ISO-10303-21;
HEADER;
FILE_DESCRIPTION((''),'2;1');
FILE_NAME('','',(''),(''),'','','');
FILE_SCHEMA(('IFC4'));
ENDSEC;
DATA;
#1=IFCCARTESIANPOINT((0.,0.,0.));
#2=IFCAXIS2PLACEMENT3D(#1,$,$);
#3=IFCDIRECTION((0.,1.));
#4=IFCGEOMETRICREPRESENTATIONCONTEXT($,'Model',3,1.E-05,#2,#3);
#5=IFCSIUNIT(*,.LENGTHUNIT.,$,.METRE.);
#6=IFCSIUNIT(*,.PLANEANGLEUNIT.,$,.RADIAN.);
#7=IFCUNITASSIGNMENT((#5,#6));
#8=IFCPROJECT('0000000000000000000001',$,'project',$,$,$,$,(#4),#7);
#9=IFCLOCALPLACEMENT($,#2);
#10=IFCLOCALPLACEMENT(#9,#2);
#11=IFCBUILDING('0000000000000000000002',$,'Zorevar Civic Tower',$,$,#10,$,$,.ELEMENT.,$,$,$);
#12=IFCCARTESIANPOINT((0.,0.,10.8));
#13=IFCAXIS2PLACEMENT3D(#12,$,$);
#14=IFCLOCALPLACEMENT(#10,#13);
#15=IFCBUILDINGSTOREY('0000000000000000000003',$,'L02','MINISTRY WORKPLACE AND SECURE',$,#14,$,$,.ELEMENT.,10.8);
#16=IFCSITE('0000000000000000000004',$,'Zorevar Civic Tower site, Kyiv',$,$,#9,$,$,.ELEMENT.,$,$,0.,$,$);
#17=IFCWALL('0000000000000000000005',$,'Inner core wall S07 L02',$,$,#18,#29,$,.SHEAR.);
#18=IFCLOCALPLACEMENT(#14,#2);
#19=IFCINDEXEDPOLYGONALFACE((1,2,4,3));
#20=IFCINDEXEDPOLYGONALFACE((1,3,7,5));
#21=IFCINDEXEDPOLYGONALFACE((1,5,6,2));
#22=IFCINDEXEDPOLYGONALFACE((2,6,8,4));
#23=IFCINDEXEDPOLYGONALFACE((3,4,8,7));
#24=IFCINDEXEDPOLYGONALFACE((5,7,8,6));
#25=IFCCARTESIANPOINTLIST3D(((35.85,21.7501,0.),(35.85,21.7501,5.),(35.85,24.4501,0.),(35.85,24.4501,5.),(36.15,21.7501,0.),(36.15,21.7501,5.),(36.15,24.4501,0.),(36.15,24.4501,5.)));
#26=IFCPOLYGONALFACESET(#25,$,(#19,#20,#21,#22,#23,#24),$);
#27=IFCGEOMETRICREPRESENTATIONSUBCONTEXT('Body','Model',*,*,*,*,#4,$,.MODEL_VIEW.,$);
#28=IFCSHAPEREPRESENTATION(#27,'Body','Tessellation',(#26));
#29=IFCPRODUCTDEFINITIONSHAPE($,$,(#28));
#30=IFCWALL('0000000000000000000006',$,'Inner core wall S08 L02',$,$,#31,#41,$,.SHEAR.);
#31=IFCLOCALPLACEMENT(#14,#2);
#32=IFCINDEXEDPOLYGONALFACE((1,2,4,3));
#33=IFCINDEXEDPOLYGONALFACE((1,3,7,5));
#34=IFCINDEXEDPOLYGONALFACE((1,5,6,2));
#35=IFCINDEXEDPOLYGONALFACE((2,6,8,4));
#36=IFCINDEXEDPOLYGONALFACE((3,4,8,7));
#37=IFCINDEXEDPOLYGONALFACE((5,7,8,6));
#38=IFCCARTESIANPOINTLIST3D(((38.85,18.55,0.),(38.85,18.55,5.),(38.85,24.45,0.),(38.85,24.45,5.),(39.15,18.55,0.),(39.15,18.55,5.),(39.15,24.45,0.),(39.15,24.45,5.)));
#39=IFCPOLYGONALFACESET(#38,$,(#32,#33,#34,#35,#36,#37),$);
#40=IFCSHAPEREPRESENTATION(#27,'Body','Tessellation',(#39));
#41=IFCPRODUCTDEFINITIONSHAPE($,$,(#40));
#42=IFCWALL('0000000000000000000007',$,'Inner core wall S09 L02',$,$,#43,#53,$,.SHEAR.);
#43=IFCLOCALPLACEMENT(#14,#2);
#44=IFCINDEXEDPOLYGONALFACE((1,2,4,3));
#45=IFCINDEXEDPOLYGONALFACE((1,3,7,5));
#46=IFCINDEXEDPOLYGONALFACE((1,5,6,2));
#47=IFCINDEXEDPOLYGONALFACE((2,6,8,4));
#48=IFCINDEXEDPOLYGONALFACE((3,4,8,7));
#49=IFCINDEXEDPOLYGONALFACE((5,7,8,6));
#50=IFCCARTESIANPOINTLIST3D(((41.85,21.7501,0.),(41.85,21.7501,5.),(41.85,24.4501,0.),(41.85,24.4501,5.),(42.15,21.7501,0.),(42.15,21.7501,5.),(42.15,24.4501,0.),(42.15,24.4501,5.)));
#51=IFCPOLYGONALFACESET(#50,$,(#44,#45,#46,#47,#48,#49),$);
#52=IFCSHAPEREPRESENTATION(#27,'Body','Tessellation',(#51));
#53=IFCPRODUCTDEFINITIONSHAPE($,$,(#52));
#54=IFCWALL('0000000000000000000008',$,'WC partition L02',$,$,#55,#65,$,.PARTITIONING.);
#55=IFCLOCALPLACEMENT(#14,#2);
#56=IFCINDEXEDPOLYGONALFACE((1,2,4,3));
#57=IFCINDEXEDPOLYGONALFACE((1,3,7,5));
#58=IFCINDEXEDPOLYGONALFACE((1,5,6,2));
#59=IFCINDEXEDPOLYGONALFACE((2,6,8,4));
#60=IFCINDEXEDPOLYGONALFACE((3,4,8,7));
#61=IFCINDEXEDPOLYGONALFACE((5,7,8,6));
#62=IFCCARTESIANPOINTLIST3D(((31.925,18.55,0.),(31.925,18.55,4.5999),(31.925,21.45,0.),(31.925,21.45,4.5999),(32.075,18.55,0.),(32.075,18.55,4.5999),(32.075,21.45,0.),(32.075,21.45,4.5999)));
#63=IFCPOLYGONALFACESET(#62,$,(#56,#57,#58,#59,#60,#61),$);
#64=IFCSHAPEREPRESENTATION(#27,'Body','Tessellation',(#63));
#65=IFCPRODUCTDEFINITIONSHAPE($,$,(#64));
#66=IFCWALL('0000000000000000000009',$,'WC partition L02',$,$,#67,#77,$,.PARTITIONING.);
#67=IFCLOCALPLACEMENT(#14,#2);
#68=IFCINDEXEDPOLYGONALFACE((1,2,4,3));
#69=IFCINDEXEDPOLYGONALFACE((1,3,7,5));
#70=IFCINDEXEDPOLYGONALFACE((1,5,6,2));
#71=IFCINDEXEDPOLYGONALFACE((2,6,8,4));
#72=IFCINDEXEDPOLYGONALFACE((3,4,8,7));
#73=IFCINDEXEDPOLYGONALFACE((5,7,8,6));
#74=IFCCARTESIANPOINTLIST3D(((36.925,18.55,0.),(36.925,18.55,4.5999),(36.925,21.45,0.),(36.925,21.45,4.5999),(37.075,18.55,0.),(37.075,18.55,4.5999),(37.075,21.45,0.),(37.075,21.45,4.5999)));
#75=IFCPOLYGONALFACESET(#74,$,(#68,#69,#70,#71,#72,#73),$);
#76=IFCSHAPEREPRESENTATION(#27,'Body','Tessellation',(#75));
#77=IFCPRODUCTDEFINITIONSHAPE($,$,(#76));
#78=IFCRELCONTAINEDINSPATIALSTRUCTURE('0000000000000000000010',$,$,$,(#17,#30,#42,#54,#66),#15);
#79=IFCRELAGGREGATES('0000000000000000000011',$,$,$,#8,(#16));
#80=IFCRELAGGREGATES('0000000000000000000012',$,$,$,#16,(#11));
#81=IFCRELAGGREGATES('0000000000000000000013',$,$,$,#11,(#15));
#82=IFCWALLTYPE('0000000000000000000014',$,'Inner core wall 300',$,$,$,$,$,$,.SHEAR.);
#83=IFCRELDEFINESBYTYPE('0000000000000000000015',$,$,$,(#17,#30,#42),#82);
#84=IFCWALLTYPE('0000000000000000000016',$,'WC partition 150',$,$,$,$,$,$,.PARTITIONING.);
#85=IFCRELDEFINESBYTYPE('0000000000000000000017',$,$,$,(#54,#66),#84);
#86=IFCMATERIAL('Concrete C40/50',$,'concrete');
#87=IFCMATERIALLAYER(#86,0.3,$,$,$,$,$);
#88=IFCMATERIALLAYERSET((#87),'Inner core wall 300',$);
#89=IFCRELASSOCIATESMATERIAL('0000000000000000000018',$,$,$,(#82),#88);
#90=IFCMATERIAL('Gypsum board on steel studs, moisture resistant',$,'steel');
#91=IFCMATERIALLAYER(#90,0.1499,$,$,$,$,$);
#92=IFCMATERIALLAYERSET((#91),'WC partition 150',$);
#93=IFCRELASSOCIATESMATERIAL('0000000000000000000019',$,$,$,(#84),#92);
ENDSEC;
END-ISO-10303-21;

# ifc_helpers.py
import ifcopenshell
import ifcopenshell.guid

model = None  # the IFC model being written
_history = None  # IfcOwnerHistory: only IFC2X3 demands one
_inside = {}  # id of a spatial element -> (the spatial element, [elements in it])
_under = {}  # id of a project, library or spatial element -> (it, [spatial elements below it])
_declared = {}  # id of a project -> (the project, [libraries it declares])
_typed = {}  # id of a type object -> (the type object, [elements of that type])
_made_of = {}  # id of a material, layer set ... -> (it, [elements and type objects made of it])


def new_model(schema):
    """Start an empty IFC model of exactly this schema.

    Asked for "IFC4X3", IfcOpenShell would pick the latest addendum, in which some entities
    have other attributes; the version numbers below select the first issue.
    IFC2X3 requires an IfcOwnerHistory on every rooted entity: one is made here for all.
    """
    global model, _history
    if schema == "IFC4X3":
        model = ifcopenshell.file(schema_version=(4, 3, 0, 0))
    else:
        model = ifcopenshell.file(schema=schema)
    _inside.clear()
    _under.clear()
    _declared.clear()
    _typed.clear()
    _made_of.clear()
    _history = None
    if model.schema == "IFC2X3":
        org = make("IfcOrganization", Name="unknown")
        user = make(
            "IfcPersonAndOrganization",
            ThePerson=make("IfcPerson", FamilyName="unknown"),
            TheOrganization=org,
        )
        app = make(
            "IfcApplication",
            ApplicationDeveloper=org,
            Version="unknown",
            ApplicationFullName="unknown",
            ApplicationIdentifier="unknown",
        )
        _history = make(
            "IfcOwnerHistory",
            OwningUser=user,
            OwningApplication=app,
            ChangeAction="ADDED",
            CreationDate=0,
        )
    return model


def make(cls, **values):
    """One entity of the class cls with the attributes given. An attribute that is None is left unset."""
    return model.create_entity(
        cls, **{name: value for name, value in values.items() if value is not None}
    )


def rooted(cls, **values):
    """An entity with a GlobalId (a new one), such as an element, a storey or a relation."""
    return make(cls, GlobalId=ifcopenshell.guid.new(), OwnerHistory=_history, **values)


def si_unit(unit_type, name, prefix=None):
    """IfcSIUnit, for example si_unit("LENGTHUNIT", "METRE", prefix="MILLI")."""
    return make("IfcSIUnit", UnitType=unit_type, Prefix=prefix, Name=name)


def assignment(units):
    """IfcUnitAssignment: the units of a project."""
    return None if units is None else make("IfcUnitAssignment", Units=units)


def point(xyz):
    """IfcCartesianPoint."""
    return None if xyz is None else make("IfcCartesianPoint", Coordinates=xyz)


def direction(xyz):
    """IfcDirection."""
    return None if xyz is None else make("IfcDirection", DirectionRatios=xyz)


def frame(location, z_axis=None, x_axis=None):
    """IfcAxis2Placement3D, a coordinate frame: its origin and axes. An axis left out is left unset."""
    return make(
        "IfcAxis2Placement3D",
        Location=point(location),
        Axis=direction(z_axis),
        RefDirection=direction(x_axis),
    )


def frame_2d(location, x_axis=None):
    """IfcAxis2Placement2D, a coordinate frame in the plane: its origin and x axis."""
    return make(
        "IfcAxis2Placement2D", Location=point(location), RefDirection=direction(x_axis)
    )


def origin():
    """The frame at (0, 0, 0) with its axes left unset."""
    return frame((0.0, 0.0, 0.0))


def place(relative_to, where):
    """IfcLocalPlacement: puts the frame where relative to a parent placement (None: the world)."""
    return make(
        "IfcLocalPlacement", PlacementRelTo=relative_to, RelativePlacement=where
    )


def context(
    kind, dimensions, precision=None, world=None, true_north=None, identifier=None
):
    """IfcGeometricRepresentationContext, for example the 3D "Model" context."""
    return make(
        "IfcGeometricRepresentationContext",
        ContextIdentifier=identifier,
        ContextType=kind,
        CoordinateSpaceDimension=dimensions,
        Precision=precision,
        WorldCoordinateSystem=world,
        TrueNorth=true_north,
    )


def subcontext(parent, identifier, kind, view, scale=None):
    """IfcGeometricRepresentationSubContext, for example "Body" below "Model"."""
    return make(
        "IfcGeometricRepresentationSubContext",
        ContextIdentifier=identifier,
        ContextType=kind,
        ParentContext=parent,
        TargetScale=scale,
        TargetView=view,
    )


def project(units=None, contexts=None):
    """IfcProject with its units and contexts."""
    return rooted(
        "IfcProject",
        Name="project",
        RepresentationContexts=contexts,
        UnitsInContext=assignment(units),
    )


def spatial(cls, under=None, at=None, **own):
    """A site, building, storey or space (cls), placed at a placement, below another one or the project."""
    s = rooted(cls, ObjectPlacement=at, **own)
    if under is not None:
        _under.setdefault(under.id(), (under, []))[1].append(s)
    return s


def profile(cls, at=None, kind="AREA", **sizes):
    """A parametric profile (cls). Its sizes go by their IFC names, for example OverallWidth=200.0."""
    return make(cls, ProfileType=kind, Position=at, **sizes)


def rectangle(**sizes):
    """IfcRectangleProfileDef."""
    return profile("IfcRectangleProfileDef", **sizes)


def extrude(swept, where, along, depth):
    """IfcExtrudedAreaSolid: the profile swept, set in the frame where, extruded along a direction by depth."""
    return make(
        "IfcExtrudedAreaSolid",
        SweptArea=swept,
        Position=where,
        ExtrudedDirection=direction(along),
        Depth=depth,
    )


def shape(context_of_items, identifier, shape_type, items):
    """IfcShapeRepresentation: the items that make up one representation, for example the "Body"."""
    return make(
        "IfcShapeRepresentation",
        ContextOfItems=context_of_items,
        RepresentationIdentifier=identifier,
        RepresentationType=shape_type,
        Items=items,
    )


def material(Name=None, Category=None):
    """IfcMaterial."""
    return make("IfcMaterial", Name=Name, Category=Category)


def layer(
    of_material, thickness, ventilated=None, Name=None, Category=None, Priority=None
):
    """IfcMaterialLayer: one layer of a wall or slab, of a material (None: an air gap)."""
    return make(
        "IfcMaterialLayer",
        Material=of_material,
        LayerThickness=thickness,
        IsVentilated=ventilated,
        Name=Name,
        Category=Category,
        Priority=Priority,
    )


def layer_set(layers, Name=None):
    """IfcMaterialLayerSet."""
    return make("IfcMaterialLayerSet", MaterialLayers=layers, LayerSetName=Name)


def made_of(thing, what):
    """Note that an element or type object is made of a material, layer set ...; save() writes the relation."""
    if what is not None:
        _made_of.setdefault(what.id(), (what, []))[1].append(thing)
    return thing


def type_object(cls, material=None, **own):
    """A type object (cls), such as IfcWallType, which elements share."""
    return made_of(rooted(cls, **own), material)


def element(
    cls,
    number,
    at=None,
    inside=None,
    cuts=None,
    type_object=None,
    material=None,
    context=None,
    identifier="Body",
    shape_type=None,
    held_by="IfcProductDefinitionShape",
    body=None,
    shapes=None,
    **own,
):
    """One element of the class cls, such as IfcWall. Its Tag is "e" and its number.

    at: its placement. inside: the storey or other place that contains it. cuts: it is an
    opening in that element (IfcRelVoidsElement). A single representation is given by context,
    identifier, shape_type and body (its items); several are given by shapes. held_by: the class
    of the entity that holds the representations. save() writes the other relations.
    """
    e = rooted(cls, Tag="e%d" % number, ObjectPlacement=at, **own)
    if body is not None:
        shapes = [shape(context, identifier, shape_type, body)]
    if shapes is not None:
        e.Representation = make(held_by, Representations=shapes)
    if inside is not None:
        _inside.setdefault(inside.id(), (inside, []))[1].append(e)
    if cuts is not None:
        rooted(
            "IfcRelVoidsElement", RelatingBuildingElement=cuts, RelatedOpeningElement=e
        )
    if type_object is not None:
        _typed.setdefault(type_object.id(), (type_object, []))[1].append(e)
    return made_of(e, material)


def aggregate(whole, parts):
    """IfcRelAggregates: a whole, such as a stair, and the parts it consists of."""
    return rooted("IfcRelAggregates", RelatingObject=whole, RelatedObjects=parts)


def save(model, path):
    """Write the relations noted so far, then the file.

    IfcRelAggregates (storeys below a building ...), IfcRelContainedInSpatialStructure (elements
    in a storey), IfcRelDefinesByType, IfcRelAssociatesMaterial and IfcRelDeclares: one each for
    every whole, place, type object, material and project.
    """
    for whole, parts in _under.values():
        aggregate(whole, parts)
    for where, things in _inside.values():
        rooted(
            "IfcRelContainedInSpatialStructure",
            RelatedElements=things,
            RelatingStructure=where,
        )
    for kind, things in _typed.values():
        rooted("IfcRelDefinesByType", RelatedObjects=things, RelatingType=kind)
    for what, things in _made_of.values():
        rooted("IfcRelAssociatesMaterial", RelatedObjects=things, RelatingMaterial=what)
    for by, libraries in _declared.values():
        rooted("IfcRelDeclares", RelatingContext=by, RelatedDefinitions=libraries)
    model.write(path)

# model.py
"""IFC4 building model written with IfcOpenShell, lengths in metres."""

from ifc_helpers import new_model, si_unit, direction, frame, frame_2d, origin, place, context, subcontext, project, spatial, rectangle, extrude, material, layer, layer_set, type_object, element, save


model = new_model("IFC4")

# Units and contexts
model_context = context("Model", 3, precision=1e-05, world=origin(), true_north=direction((0.0, 1.0)))
body_context = subcontext(model_context, "Body", "Model", "MODEL_VIEW")
ifc_project = project(units=[si_unit("LENGTHUNIT", "METRE"), si_unit("PLANEANGLEUNIT", "RADIAN")], contexts=[model_context])

# Site, building, storey
site_placement = place(None, origin())
site = spatial("IfcSite", under=ifc_project, at=site_placement, Name="Zorevar Civic Tower site, Kyiv", CompositionType="ELEMENT", RefElevation=0.0)
building_placement = place(site_placement, origin())
building = spatial("IfcBuilding", under=site, at=building_placement, Name="Zorevar Civic Tower", CompositionType="ELEMENT")
storey_placement = place(building_placement, frame((0.0, 0.0, 10.8)))
storey = spatial("IfcBuildingStorey", under=building, at=storey_placement, Name="L02", Description="MINISTRY WORKPLACE AND SECURE", CompositionType="ELEMENT", Elevation=10.8)

# Walls
ifc_material_1 = material(Name="Concrete C40/50", Category="concrete")
ifc_layer_1 = layer(ifc_material_1, 0.3)
ifc_layer_set_1 = layer_set([ifc_layer_1], Name="Inner core wall 300")
wall_type_1 = type_object("IfcWallType", Name="Inner core wall 300", PredefinedType="SHEAR", material=ifc_layer_set_1)
for number, where, z_axis, x_axis, name in (
    (1, (36.0, 21.75, 0.0), (0.0, 0.0, 1.0), (0.0, 1.0, 0.0), "Inner core wall S07 L02"),
):
    element("IfcWall", number, at=place(storey_placement, frame(where, z_axis=z_axis, x_axis=x_axis)), inside=storey, type_object=wall_type_1, Name=name, PredefinedType="SHEAR", context=body_context, shape_type="SweptSolid", body=[
        extrude(rectangle(XDim=2.7, YDim=0.3, at=frame_2d((1.3501, 0.0))), origin(), (0.0, 0.0, 1.0), 5.0),
    ])
wall_1_placement = place(storey_placement, frame((39.0, 18.55, 0.0), z_axis=(0.0, 0.0, 1.0), x_axis=(0.0, 1.0, 0.0)))
element("IfcWall", 2, at=wall_1_placement, inside=storey, type_object=wall_type_1, Name="Inner core wall S08 L02", PredefinedType="SHEAR", context=body_context, shape_type="SweptSolid", body=[
    extrude(rectangle(XDim=5.8999, YDim=0.3, at=frame_2d((2.95, 0.0))), origin(), (0.0, 0.0, 1.0), 5.0),
])
wall_2_placement = place(storey_placement, frame((42.0, 21.75, 0.0), z_axis=(0.0, 0.0, 1.0), x_axis=(0.0, 1.0, 0.0)))
element("IfcWall", 3, at=wall_2_placement, inside=storey, type_object=wall_type_1, Name="Inner core wall S09 L02", PredefinedType="SHEAR", context=body_context, shape_type="SweptSolid", body=[
    extrude(rectangle(XDim=2.7, YDim=0.3, at=frame_2d((1.3501, 0.0))), origin(), (0.0, 0.0, 1.0), 5.0),
])
ifc_material_2 = material(Name="Gypsum board on steel studs, moisture resistant", Category="steel")
ifc_layer_2 = layer(ifc_material_2, 0.1499)
ifc_layer_set_2 = layer_set([ifc_layer_2], Name="WC partition 150")
wall_type_2 = type_object("IfcWallType", Name="WC partition 150", PredefinedType="PARTITIONING", material=ifc_layer_set_2)
for number, where, z_axis, x_axis, name in (
    (4, (32.0, 18.55, 0.0), (0.0, 0.0, 1.0), (0.0, 1.0, 0.0), "WC partition L02"),
    (5, (37.0, 18.55, 0.0), (0.0, 0.0, 1.0), (0.0, 1.0, 0.0), "WC partition L02"),
):
    element("IfcWall", number, at=place(storey_placement, frame(where, z_axis=z_axis, x_axis=x_axis)), inside=storey, type_object=wall_type_2, Name=name, PredefinedType="PARTITIONING", context=body_context, shape_type="SweptSolid", body=[
        extrude(rectangle(XDim=2.8999, YDim=0.1499, at=frame_2d((1.45, 0.0))), origin(), (0.0, 0.0, 1.0), 4.5999),
    ])

save(model, "model.ifc")
